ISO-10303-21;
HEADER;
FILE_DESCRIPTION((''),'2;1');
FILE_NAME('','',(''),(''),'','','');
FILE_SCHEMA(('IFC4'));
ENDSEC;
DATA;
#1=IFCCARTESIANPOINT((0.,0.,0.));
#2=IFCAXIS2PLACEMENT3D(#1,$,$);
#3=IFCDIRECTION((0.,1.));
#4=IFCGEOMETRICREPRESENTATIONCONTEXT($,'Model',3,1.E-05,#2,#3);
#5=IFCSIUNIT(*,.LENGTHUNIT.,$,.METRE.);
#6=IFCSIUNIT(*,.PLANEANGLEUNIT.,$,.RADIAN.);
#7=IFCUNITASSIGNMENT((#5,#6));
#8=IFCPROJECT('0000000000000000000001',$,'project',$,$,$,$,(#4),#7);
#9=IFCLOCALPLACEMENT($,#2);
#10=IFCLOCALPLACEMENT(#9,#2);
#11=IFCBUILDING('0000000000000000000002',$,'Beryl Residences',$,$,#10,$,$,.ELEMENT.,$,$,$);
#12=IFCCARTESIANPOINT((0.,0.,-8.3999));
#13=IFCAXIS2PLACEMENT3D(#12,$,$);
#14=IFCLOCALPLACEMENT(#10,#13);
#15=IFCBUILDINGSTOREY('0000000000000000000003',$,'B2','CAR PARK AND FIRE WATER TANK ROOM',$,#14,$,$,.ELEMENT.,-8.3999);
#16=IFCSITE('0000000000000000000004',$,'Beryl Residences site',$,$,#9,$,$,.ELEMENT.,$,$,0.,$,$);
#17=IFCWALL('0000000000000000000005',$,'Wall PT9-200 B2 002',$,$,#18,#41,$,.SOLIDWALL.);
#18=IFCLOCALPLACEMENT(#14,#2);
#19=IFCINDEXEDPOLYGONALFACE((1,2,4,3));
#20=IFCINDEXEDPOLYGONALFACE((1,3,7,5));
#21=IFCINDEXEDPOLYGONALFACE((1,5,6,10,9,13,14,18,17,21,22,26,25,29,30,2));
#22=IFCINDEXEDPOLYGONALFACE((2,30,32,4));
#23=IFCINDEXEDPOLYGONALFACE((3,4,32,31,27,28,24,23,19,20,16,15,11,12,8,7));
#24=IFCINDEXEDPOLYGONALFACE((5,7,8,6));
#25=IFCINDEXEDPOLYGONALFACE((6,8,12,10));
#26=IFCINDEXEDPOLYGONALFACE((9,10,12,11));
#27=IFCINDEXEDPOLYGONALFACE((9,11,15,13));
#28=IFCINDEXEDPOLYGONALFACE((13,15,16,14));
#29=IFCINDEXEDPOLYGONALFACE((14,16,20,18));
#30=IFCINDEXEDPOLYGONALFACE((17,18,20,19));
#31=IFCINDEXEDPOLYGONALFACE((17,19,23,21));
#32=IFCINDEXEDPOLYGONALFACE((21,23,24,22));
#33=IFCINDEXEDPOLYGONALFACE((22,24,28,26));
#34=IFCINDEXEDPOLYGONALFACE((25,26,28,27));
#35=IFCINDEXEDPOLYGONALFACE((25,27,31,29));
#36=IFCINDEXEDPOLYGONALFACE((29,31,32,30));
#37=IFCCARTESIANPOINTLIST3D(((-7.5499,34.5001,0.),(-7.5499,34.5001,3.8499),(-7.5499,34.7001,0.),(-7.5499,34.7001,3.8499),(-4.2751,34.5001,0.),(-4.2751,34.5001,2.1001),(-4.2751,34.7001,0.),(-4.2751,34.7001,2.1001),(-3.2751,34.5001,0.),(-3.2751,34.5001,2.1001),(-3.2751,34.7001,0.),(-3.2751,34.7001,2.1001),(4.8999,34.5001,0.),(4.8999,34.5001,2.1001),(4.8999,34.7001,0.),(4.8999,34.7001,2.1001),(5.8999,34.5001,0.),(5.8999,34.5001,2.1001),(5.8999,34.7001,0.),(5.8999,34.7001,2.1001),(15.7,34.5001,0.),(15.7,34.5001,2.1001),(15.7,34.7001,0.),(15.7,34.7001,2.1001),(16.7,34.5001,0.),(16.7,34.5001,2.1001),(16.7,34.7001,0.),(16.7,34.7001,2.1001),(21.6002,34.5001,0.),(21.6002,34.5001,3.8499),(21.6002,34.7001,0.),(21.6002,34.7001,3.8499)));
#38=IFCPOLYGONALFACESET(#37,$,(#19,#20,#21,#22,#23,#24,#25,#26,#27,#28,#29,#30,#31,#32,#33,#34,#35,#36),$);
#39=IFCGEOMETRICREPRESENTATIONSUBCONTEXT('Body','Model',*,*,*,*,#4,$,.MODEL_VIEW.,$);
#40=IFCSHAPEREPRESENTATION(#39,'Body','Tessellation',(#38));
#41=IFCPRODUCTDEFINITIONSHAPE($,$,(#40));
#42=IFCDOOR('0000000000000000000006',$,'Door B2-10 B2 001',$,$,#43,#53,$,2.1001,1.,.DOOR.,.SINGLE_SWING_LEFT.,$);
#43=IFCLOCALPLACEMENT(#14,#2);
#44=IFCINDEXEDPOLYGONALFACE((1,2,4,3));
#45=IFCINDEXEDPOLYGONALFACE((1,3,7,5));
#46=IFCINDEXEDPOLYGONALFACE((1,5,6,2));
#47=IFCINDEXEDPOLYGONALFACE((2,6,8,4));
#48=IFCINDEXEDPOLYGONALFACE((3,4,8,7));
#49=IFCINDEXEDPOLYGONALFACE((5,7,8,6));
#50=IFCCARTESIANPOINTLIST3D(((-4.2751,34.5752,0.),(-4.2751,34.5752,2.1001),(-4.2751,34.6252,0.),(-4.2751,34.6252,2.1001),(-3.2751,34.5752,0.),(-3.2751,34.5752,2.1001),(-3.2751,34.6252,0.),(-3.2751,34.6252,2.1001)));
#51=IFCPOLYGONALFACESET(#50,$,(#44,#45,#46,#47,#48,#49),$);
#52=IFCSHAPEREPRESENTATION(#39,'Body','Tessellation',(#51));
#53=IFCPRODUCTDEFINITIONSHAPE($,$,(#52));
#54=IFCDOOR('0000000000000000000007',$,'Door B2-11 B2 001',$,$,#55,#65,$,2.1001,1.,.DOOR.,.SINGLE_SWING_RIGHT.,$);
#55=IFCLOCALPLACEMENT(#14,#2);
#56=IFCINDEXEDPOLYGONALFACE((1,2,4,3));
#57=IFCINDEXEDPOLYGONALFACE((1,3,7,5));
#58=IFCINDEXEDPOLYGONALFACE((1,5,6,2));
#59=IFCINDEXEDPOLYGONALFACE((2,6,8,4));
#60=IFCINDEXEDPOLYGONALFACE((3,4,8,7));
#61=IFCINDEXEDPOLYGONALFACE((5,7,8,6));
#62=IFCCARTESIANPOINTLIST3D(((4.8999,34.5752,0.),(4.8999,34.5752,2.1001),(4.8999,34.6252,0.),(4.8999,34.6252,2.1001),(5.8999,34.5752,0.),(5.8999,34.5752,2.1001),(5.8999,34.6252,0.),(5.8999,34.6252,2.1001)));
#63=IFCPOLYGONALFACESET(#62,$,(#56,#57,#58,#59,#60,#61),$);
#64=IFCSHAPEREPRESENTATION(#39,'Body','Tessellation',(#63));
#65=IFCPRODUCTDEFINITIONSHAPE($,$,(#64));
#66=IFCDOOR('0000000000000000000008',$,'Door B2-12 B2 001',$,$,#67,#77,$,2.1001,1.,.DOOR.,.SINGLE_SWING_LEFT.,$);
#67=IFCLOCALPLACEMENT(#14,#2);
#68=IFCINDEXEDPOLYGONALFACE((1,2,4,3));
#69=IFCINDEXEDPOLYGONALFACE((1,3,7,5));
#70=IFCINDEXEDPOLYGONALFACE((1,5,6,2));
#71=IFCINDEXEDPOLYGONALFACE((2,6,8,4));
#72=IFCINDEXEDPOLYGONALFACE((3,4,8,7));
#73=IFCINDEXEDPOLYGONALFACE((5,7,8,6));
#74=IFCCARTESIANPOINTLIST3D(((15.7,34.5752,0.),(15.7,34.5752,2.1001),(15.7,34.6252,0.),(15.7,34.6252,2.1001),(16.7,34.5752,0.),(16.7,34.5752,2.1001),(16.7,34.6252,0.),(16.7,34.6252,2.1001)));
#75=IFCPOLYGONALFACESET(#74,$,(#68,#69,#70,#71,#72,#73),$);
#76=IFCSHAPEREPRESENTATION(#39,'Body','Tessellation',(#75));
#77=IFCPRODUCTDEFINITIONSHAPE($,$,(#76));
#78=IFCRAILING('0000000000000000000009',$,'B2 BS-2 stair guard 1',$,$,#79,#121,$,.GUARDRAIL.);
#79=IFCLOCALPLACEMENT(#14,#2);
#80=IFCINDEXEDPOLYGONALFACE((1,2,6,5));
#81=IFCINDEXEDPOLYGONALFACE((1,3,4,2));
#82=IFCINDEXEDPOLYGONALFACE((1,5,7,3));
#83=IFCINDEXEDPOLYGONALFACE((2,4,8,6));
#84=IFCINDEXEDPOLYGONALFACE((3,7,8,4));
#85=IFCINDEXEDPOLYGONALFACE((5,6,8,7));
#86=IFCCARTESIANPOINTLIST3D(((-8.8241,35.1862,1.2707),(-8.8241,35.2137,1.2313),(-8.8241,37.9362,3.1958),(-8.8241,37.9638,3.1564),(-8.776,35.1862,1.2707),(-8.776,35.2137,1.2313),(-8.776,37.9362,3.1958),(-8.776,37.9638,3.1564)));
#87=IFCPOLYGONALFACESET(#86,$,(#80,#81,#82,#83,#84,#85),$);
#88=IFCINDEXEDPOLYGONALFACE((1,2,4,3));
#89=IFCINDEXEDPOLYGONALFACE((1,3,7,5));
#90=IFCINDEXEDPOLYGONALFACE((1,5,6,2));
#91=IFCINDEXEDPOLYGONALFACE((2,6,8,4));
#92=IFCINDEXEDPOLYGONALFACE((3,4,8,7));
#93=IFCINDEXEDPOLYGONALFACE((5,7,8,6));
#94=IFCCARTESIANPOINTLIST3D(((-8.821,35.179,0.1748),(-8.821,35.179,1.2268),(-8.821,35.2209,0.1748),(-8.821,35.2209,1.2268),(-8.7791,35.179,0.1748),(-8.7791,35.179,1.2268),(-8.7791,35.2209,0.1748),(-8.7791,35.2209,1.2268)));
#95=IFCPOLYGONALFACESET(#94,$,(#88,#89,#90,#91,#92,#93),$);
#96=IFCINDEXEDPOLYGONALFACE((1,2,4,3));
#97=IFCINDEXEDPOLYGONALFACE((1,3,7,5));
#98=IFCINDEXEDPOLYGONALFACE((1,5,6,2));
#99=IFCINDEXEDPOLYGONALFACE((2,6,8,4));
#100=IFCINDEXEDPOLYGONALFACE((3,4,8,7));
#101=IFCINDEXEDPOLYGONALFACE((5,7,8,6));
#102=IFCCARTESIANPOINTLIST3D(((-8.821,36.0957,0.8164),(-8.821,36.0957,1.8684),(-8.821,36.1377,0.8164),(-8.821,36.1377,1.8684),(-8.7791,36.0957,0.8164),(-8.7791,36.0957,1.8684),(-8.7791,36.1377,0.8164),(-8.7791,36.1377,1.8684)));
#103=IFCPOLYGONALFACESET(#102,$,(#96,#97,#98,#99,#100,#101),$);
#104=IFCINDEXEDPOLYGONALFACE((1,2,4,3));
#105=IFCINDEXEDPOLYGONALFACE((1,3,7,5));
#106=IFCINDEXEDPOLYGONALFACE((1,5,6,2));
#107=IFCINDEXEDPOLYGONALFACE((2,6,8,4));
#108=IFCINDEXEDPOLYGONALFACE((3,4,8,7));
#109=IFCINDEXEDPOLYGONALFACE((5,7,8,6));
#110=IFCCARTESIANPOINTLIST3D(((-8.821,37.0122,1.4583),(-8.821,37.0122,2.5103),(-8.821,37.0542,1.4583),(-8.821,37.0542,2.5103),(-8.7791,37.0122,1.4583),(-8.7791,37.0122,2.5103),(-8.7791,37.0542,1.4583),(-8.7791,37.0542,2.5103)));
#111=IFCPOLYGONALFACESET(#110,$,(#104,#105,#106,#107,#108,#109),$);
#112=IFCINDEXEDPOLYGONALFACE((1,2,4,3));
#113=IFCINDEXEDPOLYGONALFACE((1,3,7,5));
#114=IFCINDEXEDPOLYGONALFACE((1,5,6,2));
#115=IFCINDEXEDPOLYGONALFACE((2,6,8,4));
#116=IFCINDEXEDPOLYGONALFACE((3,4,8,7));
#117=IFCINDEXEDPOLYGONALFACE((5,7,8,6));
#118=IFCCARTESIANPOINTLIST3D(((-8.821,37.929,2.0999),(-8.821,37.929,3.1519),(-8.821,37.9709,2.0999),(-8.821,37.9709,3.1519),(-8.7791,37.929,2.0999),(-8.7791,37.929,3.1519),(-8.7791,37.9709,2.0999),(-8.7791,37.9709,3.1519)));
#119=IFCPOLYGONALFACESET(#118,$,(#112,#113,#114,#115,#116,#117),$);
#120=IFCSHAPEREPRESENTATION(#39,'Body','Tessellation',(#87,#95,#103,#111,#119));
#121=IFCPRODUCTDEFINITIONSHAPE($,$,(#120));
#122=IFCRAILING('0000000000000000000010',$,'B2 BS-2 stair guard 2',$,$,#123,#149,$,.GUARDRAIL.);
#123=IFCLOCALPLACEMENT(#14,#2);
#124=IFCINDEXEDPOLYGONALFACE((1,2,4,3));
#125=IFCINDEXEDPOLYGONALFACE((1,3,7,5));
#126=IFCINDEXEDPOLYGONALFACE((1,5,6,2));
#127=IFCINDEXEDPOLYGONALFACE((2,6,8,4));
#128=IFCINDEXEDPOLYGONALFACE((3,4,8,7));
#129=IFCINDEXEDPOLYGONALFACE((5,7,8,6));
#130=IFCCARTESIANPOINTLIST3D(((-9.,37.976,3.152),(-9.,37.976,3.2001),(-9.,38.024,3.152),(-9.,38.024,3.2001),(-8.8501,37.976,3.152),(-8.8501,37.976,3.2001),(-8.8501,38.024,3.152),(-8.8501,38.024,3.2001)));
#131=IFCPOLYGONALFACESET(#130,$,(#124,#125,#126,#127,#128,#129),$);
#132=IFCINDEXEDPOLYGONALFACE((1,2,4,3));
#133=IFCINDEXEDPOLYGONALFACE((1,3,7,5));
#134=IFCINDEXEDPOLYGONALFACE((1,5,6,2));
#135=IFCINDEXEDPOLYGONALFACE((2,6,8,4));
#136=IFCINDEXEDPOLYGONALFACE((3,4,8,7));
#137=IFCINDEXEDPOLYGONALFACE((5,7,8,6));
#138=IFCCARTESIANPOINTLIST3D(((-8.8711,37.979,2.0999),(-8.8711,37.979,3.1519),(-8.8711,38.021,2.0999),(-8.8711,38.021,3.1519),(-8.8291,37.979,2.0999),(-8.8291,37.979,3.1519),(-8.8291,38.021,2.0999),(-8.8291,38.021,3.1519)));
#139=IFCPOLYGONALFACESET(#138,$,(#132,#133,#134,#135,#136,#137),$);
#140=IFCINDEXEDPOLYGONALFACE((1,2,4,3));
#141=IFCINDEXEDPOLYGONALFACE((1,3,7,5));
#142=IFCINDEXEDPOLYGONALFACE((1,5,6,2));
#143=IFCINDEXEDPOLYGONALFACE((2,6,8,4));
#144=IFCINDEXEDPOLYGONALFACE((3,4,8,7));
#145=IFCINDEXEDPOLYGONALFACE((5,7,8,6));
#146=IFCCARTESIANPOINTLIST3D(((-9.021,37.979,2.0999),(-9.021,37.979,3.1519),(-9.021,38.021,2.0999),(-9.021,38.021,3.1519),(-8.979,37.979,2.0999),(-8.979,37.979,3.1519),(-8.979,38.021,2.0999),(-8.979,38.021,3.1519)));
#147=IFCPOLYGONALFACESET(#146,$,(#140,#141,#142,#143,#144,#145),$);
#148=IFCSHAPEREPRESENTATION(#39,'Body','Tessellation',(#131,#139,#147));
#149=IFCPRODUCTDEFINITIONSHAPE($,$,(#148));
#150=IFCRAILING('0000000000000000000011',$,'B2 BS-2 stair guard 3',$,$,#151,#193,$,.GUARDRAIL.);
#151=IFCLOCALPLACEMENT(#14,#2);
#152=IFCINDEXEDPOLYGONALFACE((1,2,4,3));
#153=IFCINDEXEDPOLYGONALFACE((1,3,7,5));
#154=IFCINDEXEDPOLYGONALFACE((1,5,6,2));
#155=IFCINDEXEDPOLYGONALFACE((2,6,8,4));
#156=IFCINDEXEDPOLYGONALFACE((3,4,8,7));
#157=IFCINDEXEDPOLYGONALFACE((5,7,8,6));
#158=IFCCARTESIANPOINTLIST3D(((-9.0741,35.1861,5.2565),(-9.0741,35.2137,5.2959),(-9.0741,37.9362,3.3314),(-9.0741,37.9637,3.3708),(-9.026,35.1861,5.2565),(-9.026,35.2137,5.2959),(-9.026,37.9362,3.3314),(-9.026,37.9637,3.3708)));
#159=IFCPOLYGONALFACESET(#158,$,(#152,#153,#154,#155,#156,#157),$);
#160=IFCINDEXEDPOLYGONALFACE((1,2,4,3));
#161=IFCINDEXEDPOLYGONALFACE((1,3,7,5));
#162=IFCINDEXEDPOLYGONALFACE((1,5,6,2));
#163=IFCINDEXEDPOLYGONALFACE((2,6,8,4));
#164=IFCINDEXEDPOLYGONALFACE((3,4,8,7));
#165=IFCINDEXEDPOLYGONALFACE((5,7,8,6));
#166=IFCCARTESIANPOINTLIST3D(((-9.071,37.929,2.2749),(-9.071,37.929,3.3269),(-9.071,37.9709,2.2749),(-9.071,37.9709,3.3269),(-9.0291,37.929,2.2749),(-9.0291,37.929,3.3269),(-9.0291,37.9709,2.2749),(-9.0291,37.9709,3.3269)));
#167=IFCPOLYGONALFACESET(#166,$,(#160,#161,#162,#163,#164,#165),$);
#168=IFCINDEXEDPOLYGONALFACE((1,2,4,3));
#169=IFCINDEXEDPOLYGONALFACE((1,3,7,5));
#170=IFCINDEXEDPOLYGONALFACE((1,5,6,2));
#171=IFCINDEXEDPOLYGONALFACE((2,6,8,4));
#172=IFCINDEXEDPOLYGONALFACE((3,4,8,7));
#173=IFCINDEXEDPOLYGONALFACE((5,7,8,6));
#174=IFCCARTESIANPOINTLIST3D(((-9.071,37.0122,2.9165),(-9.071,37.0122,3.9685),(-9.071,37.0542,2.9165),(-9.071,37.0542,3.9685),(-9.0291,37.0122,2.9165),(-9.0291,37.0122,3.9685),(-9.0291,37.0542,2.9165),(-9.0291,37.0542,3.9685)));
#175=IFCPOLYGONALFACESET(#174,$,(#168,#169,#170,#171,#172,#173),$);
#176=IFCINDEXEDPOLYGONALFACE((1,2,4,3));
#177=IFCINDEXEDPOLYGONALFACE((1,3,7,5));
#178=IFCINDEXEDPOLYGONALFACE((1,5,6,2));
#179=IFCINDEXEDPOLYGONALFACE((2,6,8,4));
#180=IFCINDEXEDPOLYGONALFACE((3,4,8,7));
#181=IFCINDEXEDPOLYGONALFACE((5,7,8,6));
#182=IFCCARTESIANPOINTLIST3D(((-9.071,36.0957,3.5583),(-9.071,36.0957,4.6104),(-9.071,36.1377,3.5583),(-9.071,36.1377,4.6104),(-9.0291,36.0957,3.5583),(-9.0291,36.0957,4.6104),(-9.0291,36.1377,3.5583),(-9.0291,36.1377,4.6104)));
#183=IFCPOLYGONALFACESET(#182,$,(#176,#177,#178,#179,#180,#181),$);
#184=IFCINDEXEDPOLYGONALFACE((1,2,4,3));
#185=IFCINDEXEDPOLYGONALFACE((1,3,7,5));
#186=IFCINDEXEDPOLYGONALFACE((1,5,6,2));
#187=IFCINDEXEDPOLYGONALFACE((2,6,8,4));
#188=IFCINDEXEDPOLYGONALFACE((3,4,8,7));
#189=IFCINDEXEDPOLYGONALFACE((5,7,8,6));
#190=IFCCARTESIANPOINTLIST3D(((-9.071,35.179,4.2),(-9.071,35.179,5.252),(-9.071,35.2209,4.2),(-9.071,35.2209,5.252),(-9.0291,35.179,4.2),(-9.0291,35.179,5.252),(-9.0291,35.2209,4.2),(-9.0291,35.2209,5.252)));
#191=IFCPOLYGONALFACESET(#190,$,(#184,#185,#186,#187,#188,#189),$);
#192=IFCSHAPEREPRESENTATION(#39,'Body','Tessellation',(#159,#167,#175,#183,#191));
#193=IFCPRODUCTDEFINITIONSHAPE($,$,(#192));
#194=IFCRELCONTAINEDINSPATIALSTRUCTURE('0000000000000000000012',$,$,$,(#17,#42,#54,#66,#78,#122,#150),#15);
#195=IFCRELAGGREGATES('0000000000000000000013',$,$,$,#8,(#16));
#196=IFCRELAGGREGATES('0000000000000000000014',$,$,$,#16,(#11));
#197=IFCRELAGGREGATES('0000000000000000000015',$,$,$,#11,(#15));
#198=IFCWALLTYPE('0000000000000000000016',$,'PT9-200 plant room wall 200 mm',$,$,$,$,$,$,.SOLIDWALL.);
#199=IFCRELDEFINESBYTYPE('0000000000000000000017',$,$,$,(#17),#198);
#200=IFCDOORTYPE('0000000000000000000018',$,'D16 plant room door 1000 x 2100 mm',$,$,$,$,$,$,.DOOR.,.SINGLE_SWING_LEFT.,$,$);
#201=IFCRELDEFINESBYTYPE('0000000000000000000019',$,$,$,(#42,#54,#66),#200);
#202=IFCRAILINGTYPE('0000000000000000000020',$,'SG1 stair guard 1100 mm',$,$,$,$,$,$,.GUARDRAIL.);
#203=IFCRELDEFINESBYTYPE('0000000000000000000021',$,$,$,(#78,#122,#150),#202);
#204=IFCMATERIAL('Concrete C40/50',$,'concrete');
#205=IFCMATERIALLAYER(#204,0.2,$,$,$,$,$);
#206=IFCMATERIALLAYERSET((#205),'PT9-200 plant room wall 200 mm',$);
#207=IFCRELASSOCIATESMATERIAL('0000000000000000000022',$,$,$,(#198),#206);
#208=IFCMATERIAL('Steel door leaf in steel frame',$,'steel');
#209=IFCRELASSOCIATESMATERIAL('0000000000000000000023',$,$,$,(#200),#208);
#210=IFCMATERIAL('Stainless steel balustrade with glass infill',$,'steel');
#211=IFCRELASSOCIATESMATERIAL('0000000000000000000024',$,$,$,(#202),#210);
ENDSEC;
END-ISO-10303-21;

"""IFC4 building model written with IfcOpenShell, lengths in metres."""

from ifc_helpers import new_model, si_unit, direction, frame, frame_2d, origin, origin_2d, place, context, subcontext, project, spatial, rectangle, extrude, material, layer, layer_set, type_object, element, fill, save


model = new_model("IFC4")

# Units and contexts
model_context = context("Model", 3, precision=1e-05, world=origin(), true_north=direction((0.0, 1.0)))
body_context = subcontext(model_context, "Body", "Model", "MODEL_VIEW")
ifc_project = project(units=[si_unit("LENGTHUNIT", "METRE"), si_unit("PLANEANGLEUNIT", "RADIAN")], contexts=[model_context])

# Site, building, storey
site_placement = place(None, origin())
site = spatial("IfcSite", under=ifc_project, at=site_placement, Name="Beryl Residences site", CompositionType="ELEMENT", RefElevation=0.0)
building_placement = place(site_placement, origin())
building = spatial("IfcBuilding", under=site, at=building_placement, Name="Beryl Residences", CompositionType="ELEMENT")
storey_placement = place(building_placement, frame((0.0, 0.0, -8.3999)))
storey = spatial("IfcBuildingStorey", under=building, at=storey_placement, Name="B2", Description="CAR PARK AND FIRE WATER TANK ROOM", CompositionType="ELEMENT", Elevation=-8.3999)

# Wall, openings, doors
ifc_material_1 = material(Name="Concrete C40/50", Category="concrete")
ifc_layer_1 = layer(ifc_material_1, 0.2)
ifc_layer_set_1 = layer_set([ifc_layer_1], Name="PT9-200 plant room wall 200 mm")
wall_type_1 = type_object("IfcWallType", Name="PT9-200 plant room wall 200 mm", PredefinedType="SOLIDWALL", material=ifc_layer_set_1)
wall_1_placement = place(storey_placement, frame((-7.55, 34.6001, 0.0), z_axis=(0.0, 0.0, 1.0), x_axis=(1.0, 0.0, 0.0)))
wall_1 = element("IfcWall", 1, at=wall_1_placement, inside=storey, type_object=wall_type_1, Name="Wall PT9-200 B2 002", PredefinedType="SOLIDWALL", context=body_context, shape_type="SweptSolid", body=[
    extrude(rectangle(XDim=29.1501, YDim=0.2, at=frame_2d((14.5752, 0.0))), origin(), (0.0, 0.0, 1.0), 3.8499),
])
opening_1_placement = place(wall_1_placement, frame((4.2749, 0.0, 0.0), z_axis=(0.0, 0.0, 1.0), x_axis=(-1.0, 0.0, 0.0)))
opening_1 = element("IfcOpeningElement", 2, at=opening_1_placement, cuts=wall_1, PredefinedType="OPENING", context=body_context, shape_type="SweptSolid", body=[
    extrude(rectangle(XDim=1.0, YDim=2.1001, at=frame_2d((0.5, 1.05))), frame((0.0, 0.1099, 0.0), z_axis=(0.0, -1.0, 0.0), x_axis=(1.0, 0.0, 0.0)), (0.0, 0.0, 1.0), 0.22),
])
opening_2_placement = place(wall_1_placement, frame((13.45, 0.0, 0.0), z_axis=(0.0, 0.0, 1.0), x_axis=(-1.0, 0.0, 0.0)))
opening_2 = element("IfcOpeningElement", 3, at=opening_2_placement, cuts=wall_1, PredefinedType="OPENING", context=body_context, shape_type="SweptSolid", body=[
    extrude(rectangle(XDim=1.0, YDim=2.1001, at=frame_2d((0.5, 1.05))), frame((0.0, 0.1099, 0.0), z_axis=(0.0, -1.0, 0.0), x_axis=(1.0, 0.0, 0.0)), (0.0, 0.0, 1.0), 0.22),
])
opening_3_placement = place(wall_1_placement, frame((24.25, 0.0, 0.0), z_axis=(0.0, 0.0, 1.0), x_axis=(-1.0, 0.0, 0.0)))
opening_3 = element("IfcOpeningElement", 4, at=opening_3_placement, cuts=wall_1, PredefinedType="OPENING", context=body_context, shape_type="SweptSolid", body=[
    extrude(rectangle(XDim=1.0, YDim=2.1001, at=frame_2d((0.5, 1.05))), frame((0.0, 0.1099, 0.0), z_axis=(0.0, -1.0, 0.0), x_axis=(1.0, 0.0, 0.0)), (0.0, 0.0, 1.0), 0.22),
])
ifc_material_2 = material(Name="Steel door leaf in steel frame", Category="steel")
door_type = type_object("IfcDoorType", Name="D16 plant room door 1000 x 2100 mm", OperationType="SINGLE_SWING_LEFT", PredefinedType="DOOR", material=ifc_material_2)
door_1_placement = place(opening_1_placement, origin())
door_1 = element("IfcDoor", 5, at=door_1_placement, inside=storey, type_object=door_type, Name="Door B2-10 B2 001", OperationType="SINGLE_SWING_LEFT", OverallHeight=2.1001, OverallWidth=1.0, PredefinedType="DOOR", context=body_context, shape_type="SweptSolid", body=[
    extrude(rectangle(XDim=1.0, YDim=2.1001, at=frame_2d((0.5, 1.05))), frame((0.0, 0.0249, 0.0), z_axis=(0.0, -1.0, 0.0), x_axis=(1.0, 0.0, 0.0)), (0.0, 0.0, 1.0), 0.05),
])
fill(opening_1, door_1)
door_2_placement = place(opening_2_placement, origin())
door_2 = element("IfcDoor", 6, at=door_2_placement, inside=storey, type_object=door_type, Name="Door B2-11 B2 001", OperationType="SINGLE_SWING_RIGHT", OverallHeight=2.1001, OverallWidth=1.0, PredefinedType="DOOR", context=body_context, shape_type="SweptSolid", body=[
    extrude(rectangle(XDim=1.0, YDim=2.1001, at=frame_2d((0.5, 1.05))), frame((0.0, 0.0249, 0.0), z_axis=(0.0, -1.0, 0.0), x_axis=(1.0, 0.0, 0.0)), (0.0, 0.0, 1.0), 0.05),
])
fill(opening_2, door_2)
door_3_placement = place(opening_3_placement, origin())
door_3 = element("IfcDoor", 7, at=door_3_placement, inside=storey, type_object=door_type, Name="Door B2-12 B2 001", OperationType="SINGLE_SWING_LEFT", OverallHeight=2.1001, OverallWidth=1.0, PredefinedType="DOOR", context=body_context, shape_type="SweptSolid", body=[
    extrude(rectangle(XDim=1.0, YDim=2.1001, at=frame_2d((0.5, 1.05))), frame((0.0, 0.0249, 0.0), z_axis=(0.0, -1.0, 0.0), x_axis=(1.0, 0.0, 0.0)), (0.0, 0.0, 1.0), 0.05),
])
fill(opening_3, door_3)

# Railings
ifc_material_3 = material(Name="Stainless steel balustrade with glass infill", Category="steel")
railing_type_1 = type_object("IfcRailingType", Name="SG1 stair guard 1100 mm", PredefinedType="GUARDRAIL", material=ifc_material_3)
railing_1_placement = place(storey_placement, frame((-8.8, 35.2, 0.1748)))
element("IfcRailing", 8, at=railing_1_placement, inside=storey, type_object=railing_type_1, Name="B2 BS-2 stair guard 1", PredefinedType="GUARDRAIL", context=body_context, shape_type="SweptSolid", body=[
    extrude(rectangle(XDim=0.0481, YDim=0.0481, at=origin_2d()), frame((0.0, 0.0, 1.0762), z_axis=(0.0, 0.819225, 0.573472), x_axis=(-1.0, 0.0, 0.0)), (0.0, 0.0, 1.0), 3.3569),
    extrude(rectangle(XDim=0.042, YDim=0.042, at=origin_2d()), origin(), (0.0, 0.0, 1.0), 1.052),
    extrude(rectangle(XDim=0.042, YDim=0.042, at=origin_2d()), frame((0.0, 0.9167, 0.6416)), (0.0, 0.0, 1.0), 1.052),
    extrude(rectangle(XDim=0.042, YDim=0.042, at=origin_2d()), frame((0.0, 1.8333, 1.2834)), (0.0, 0.0, 1.0), 1.052),
    extrude(rectangle(XDim=0.042, YDim=0.042, at=origin_2d()), frame((0.0, 2.75, 1.925)), (0.0, 0.0, 1.0), 1.052),
])
railing_2_placement = place(storey_placement, frame((-8.8501, 38.0, 2.0999)))
element("IfcRailing", 9, at=railing_2_placement, inside=storey, type_object=railing_type_1, Name="B2 BS-2 stair guard 2", PredefinedType="GUARDRAIL", context=body_context, shape_type="SweptSolid", body=[
    extrude(rectangle(XDim=0.0481, YDim=0.0481, at=origin_2d()), frame((0.0, 0.0, 1.0762), z_axis=(-1.0, 0.0, 0.0), x_axis=(0.0, -1.0, 0.0)), (0.0, 0.0, 1.0), 0.1499),
    extrude(rectangle(XDim=0.042, YDim=0.042, at=origin_2d()), origin(), (0.0, 0.0, 1.0), 1.052),
    extrude(rectangle(XDim=0.042, YDim=0.042, at=origin_2d()), frame((-0.1499, 0.0, 0.0)), (0.0, 0.0, 1.0), 1.052),
])
railing_3_placement = place(storey_placement, frame((-9.05, 37.95, 2.2749)))
element("IfcRailing", 10, at=railing_3_placement, inside=storey, type_object=railing_type_1, Name="B2 BS-2 stair guard 3", PredefinedType="GUARDRAIL", context=body_context, shape_type="SweptSolid", body=[
    extrude(rectangle(XDim=0.0481, YDim=0.0481, at=origin_2d()), frame((0.0, 0.0, 1.0762), z_axis=(0.0, -0.819225, 0.573472), x_axis=(1.0, 0.0, 0.0)), (0.0, 0.0, 1.0), 3.3569),
    extrude(rectangle(XDim=0.042, YDim=0.042, at=origin_2d()), origin(), (0.0, 0.0, 1.0), 1.052),
    extrude(rectangle(XDim=0.042, YDim=0.042, at=origin_2d()), frame((0.0, -0.9167, 0.6416)), (0.0, 0.0, 1.0), 1.052),
    extrude(rectangle(XDim=0.042, YDim=0.042, at=origin_2d()), frame((0.0, -1.8333, 1.2834)), (0.0, 0.0, 1.0), 1.052),
    extrude(rectangle(XDim=0.042, YDim=0.042, at=origin_2d()), frame((0.0, -2.75, 1.925)), (0.0, 0.0, 1.0), 1.052),
])

save(model, "model.ifc")
